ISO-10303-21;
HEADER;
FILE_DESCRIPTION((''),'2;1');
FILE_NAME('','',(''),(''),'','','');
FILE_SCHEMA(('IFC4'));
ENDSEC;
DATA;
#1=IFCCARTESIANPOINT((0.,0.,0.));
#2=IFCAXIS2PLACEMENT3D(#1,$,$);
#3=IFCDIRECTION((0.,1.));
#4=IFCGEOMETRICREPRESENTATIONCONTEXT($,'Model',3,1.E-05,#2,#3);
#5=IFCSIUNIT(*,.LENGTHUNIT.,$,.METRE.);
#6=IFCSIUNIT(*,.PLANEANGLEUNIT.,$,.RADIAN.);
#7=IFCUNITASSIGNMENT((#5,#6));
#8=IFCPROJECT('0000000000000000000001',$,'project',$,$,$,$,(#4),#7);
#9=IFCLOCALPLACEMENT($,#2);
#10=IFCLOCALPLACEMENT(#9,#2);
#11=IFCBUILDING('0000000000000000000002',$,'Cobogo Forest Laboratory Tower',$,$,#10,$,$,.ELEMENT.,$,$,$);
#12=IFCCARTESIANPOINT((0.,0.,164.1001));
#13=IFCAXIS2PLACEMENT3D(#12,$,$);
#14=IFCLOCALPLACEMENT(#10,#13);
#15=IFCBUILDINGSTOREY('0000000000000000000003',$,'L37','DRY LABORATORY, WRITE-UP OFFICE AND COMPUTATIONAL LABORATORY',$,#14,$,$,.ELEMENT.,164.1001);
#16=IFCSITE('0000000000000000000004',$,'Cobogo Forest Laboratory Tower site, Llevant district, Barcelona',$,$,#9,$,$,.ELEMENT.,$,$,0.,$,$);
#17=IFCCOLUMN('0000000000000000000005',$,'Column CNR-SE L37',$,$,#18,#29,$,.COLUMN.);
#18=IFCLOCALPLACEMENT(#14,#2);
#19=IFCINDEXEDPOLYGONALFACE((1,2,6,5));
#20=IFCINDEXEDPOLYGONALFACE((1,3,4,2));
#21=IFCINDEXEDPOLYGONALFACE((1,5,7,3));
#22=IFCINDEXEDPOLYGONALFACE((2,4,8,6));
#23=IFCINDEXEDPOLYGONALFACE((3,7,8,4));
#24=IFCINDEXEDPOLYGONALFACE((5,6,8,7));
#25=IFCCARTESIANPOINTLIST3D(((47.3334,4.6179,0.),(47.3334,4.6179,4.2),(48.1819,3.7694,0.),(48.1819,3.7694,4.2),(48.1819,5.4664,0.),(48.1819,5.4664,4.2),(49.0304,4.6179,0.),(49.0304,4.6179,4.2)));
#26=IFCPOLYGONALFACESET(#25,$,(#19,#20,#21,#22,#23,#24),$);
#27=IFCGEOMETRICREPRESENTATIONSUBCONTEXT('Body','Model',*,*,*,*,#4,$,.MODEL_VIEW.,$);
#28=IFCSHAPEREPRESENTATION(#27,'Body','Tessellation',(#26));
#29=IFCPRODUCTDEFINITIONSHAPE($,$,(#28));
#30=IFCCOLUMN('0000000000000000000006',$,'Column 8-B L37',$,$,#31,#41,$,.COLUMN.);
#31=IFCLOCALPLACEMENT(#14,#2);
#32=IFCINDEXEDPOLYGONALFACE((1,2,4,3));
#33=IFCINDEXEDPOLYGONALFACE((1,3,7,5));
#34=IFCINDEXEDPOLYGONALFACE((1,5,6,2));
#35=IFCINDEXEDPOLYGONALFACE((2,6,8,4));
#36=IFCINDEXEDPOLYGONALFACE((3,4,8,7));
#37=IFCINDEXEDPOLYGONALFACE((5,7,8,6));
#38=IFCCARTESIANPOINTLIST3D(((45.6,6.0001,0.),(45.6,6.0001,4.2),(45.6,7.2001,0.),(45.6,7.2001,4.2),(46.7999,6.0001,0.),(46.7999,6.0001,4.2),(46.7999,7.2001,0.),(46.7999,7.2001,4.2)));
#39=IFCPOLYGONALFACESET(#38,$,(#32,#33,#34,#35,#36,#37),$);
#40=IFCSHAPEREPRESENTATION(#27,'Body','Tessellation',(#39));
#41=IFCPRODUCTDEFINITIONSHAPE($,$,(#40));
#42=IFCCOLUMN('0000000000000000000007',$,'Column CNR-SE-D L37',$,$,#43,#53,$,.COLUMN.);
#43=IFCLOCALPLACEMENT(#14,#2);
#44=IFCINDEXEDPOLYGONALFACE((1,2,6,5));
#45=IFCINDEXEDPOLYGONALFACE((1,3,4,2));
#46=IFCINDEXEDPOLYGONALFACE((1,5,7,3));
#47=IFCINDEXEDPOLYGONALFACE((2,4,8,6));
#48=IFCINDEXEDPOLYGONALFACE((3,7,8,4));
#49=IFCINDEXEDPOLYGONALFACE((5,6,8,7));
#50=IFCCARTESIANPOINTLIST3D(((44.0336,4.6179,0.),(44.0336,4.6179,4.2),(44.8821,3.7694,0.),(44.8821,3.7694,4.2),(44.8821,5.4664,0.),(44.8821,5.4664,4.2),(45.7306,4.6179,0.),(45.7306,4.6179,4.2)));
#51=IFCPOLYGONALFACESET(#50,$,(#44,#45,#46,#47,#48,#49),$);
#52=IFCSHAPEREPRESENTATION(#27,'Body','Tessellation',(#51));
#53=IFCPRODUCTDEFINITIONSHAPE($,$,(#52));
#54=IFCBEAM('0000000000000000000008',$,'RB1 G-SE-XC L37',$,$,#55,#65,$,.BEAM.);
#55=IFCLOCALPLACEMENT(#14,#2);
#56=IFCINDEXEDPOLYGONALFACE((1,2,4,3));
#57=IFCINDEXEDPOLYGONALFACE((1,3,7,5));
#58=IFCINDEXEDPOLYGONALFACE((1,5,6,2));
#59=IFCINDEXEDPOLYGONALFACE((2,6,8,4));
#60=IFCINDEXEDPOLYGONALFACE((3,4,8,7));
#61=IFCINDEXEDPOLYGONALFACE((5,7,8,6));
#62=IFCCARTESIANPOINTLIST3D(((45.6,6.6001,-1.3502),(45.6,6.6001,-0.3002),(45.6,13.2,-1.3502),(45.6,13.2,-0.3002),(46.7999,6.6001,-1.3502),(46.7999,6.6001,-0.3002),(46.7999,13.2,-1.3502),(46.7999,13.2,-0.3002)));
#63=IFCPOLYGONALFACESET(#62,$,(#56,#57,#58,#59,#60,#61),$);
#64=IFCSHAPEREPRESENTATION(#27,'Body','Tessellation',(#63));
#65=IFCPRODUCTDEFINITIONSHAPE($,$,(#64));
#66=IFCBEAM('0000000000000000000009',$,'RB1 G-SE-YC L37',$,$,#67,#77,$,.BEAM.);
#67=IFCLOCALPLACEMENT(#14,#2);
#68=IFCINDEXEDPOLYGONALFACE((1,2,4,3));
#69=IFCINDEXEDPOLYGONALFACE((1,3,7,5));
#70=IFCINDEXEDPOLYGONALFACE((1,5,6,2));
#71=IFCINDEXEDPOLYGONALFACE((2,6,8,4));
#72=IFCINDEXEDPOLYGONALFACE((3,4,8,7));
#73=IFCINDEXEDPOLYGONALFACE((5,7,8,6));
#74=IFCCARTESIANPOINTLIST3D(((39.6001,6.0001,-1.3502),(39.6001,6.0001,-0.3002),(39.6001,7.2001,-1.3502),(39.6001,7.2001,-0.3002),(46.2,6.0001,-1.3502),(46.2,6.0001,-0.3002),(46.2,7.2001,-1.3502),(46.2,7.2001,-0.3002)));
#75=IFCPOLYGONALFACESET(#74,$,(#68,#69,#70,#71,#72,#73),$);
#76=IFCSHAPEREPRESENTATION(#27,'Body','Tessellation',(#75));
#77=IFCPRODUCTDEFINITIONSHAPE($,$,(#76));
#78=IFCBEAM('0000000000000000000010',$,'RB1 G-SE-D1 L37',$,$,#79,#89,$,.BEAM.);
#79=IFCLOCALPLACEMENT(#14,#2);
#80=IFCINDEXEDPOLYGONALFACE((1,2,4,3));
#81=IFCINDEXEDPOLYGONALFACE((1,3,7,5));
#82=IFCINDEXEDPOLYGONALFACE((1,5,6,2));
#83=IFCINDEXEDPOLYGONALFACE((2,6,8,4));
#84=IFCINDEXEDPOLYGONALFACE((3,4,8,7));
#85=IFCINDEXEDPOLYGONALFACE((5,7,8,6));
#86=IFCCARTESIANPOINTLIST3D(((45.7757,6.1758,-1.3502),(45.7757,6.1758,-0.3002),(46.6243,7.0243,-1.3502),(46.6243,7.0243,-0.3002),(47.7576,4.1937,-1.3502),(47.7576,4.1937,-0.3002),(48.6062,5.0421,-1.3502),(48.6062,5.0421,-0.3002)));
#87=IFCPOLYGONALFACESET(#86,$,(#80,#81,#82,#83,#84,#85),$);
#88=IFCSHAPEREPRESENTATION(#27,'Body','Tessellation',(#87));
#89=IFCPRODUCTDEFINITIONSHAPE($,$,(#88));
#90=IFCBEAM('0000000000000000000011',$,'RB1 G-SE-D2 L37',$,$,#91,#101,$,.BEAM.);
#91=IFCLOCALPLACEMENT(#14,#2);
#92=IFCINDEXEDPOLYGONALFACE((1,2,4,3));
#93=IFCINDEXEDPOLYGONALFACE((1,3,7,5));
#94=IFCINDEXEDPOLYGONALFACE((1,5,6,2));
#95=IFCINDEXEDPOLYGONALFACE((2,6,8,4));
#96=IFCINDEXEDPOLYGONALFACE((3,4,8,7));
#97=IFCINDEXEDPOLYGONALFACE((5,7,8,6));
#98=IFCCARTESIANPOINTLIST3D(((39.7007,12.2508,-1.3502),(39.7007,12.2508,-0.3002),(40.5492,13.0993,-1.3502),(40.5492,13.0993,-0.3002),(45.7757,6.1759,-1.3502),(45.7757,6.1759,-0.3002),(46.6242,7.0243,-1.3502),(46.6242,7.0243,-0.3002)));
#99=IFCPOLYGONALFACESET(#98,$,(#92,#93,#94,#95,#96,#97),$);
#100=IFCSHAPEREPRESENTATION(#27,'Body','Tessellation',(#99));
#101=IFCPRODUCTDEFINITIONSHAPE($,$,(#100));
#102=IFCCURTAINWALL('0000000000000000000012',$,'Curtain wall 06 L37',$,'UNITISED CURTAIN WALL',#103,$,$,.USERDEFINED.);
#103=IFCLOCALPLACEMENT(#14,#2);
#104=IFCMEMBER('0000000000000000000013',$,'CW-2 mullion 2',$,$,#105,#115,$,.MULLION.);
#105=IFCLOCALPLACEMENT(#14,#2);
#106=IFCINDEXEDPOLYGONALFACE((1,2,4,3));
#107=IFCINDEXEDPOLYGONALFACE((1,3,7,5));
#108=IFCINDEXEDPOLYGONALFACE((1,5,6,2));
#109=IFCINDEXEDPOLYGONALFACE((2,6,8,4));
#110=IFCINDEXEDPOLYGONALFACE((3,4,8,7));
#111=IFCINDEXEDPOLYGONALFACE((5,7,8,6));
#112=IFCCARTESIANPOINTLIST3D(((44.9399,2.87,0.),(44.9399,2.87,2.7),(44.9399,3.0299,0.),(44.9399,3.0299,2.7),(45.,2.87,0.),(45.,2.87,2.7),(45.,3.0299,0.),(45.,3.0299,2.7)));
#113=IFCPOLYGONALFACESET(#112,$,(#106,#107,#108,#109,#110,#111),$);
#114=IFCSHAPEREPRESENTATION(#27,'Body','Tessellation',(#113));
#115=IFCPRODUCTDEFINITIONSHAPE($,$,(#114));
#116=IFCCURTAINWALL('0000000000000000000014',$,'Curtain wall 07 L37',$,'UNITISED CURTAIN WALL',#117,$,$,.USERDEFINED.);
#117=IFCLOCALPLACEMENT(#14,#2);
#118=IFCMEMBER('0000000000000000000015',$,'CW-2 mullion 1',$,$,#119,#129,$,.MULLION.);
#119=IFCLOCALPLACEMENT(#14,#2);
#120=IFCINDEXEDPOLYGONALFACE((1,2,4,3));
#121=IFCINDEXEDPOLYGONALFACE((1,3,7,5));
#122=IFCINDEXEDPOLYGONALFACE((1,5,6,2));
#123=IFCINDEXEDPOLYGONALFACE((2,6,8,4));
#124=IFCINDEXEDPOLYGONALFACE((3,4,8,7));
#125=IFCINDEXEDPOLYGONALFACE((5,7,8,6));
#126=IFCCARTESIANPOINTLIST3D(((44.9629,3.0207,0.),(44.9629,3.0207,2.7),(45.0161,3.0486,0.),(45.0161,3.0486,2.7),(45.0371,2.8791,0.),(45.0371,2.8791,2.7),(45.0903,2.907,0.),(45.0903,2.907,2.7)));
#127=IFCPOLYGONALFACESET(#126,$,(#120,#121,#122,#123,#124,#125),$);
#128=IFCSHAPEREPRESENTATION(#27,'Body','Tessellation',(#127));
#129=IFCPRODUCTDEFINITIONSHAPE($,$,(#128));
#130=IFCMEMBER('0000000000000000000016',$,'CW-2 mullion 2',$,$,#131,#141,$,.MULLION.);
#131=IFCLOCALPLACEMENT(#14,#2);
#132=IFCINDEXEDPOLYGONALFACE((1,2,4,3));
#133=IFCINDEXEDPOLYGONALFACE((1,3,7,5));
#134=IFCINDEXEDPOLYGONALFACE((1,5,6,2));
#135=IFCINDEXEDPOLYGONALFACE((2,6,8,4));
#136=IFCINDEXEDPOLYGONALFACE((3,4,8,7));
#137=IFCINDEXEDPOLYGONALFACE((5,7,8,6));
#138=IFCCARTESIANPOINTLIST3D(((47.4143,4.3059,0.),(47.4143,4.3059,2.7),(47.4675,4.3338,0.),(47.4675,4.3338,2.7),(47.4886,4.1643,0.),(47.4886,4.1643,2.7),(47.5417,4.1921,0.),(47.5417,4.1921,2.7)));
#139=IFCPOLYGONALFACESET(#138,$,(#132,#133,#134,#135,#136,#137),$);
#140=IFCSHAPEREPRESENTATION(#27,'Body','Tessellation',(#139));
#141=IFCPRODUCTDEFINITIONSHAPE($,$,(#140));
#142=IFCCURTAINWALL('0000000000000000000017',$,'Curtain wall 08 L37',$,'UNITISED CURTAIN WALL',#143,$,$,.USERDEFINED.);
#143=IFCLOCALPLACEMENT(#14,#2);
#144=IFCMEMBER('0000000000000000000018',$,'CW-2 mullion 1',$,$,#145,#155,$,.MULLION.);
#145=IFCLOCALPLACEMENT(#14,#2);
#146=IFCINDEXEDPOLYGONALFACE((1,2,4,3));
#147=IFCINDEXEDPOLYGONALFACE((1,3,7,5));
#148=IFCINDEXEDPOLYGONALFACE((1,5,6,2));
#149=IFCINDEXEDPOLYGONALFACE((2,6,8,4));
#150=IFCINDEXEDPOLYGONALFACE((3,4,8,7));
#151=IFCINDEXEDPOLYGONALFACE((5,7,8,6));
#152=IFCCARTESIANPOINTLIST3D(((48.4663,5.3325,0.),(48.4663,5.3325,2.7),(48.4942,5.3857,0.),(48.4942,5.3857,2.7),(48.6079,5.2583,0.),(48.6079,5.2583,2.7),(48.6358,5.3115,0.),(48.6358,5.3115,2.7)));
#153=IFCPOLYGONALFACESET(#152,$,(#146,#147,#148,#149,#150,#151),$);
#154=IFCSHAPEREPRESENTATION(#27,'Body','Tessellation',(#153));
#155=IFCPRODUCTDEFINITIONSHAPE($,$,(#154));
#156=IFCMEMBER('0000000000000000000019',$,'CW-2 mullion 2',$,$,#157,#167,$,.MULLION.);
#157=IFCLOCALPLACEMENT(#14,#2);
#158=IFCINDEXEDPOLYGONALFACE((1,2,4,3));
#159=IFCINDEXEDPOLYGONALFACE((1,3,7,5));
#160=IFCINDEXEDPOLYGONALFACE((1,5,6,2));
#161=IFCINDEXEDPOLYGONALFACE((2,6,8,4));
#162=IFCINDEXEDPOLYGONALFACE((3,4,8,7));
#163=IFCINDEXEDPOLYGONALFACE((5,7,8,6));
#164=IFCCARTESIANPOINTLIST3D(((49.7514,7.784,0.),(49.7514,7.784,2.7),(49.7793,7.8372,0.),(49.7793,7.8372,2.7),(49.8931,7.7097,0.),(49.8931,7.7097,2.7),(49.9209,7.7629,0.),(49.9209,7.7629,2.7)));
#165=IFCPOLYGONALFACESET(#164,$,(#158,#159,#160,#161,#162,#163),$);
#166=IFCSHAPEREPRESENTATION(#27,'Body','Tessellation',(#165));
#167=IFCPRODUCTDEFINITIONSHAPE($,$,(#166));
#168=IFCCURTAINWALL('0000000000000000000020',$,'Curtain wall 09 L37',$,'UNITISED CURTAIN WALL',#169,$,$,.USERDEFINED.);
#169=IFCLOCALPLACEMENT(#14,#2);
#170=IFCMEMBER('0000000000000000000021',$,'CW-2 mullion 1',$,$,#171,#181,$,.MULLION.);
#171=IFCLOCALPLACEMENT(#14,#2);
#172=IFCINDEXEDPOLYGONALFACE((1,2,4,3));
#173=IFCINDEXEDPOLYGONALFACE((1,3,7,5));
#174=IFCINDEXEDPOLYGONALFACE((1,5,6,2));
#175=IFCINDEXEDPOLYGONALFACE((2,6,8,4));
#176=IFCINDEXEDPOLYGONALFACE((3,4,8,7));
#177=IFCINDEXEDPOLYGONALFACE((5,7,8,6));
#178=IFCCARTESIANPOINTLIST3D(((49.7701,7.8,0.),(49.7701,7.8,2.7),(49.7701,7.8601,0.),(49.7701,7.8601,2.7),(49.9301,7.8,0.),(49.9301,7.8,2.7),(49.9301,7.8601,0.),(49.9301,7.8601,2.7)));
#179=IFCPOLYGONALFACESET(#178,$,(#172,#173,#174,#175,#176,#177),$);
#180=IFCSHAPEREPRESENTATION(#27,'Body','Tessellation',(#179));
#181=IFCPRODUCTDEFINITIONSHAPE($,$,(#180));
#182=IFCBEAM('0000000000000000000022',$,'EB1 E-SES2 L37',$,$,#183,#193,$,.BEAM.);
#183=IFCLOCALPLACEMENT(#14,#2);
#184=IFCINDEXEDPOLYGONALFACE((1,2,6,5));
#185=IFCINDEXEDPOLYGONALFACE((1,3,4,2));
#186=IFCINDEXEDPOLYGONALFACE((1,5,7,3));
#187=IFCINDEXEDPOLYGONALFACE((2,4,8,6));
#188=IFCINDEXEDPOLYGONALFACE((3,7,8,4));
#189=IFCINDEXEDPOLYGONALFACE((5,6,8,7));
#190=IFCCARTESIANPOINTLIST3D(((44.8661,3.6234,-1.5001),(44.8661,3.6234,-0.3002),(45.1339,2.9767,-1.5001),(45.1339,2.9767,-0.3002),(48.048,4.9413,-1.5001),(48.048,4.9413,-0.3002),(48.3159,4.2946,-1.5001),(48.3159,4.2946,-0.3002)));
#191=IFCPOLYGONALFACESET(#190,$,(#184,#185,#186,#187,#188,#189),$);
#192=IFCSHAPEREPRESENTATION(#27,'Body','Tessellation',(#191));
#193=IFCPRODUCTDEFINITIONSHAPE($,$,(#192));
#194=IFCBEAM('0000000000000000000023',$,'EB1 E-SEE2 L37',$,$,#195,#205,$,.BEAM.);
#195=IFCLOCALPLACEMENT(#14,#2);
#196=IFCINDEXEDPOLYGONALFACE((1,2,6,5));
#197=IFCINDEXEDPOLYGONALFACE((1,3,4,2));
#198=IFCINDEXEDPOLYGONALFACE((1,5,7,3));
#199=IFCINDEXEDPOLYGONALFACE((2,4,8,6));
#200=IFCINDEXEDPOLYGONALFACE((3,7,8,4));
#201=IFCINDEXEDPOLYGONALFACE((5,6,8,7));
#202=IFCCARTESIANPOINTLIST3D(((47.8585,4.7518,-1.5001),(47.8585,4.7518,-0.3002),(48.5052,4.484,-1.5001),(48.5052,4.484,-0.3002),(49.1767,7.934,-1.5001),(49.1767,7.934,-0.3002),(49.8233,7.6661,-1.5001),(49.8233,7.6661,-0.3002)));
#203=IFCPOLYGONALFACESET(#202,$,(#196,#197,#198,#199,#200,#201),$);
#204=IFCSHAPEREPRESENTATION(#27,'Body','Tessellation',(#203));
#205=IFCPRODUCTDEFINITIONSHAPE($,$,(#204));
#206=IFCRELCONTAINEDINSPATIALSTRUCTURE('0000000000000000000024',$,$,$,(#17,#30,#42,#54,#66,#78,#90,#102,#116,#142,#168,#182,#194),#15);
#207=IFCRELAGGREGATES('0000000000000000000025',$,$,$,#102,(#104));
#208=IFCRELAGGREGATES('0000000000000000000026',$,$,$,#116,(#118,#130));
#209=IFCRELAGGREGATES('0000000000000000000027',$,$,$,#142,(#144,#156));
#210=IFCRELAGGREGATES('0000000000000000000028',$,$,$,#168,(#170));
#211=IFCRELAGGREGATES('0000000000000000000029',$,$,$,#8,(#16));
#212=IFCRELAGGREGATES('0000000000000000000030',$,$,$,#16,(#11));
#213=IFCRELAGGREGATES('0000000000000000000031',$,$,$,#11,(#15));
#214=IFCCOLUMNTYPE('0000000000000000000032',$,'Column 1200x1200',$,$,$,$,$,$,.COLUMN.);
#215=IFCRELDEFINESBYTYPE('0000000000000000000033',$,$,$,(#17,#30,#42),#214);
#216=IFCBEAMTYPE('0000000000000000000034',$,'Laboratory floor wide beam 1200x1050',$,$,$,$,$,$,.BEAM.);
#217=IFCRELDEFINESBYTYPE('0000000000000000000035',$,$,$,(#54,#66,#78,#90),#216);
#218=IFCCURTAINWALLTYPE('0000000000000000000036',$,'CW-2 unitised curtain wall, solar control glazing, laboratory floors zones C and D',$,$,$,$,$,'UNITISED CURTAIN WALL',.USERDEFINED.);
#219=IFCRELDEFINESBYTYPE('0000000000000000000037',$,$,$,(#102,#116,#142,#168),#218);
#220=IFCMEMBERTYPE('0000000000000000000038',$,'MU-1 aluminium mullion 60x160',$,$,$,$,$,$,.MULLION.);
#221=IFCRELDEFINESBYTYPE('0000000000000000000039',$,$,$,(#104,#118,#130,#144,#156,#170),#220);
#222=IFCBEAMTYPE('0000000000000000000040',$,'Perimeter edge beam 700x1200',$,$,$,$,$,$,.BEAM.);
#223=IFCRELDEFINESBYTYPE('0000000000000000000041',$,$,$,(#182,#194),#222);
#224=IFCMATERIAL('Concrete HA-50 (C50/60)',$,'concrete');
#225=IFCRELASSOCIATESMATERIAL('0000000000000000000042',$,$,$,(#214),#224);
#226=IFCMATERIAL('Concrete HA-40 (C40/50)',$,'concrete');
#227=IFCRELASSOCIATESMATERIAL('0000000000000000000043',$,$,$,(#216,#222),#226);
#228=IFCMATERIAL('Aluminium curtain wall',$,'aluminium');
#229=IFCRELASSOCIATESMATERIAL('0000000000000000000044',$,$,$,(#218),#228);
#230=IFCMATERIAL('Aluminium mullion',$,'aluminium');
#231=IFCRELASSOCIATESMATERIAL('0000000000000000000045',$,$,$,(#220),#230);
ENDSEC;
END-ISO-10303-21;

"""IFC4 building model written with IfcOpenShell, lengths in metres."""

from ifc_helpers import new_model, si_unit, direction, frame, origin, origin_2d, place, context, subcontext, project, spatial, rectangle, extrude, material, material_profile, profile_set, type_object, element, aggregate, save


model = new_model("IFC4")

# Units and contexts
model_context = context("Model", 3, precision=1e-05, world=origin(), true_north=direction((0.0, 1.0)))
body_context = subcontext(model_context, "Body", "Model", "MODEL_VIEW")
ifc_project = project(units=[si_unit("LENGTHUNIT", "METRE"), si_unit("PLANEANGLEUNIT", "RADIAN")], contexts=[model_context])

# Site, building, storey
site_placement = place(None, origin())
site = spatial("IfcSite", under=ifc_project, at=site_placement, Name="Cobogo Forest Laboratory Tower site, Llevant district, Barcelona", CompositionType="ELEMENT", RefElevation=0.0)
building_placement = place(site_placement, origin())
building = spatial("IfcBuilding", under=site, at=building_placement, Name="Cobogo Forest Laboratory Tower", CompositionType="ELEMENT")
storey_placement = place(building_placement, frame((0.0, 0.0, 164.1001)))
storey = spatial("IfcBuildingStorey", under=building, at=storey_placement, Name="L37", Description="DRY LABORATORY, WRITE-UP OFFICE AND COMPUTATIONAL LABORATORY", CompositionType="ELEMENT", Elevation=164.1001)

# Columns
ifc_material_1 = material(Name="Concrete HA-50 (C50/60)", Category="concrete")
ifc_material_profile_1 = material_profile(ifc_material_1, rectangle(XDim=1.2, YDim=1.2, at=origin_2d()), Name="RC 1200x1200")
ifc_profile_set_1 = profile_set([ifc_material_profile_1], Name="Concrete HA-50 (C50/60)")
column_type = type_object("IfcColumnType", Name="Column 1200x1200", PredefinedType="COLUMN", material=ifc_profile_set_1)
for number, where, z_axis, x_axis, name in (
    (1, (48.1819, 4.6179, 0.0), (0.0, 0.0, 1.0), (0.707107, 0.707107, 0.0), "Column CNR-SE L37"),
    (2, (46.2, 6.6001, 0.0), (0.0, 0.0, 1.0), (1.0, 0.0, 0.0), "Column 8-B L37"),
    (3, (44.8821, 4.6179, 0.0), (0.0, 0.0, 1.0), (0.707107, 0.707107, 0.0), "Column CNR-SE-D L37"),
):
    element("IfcColumn", number, at=place(storey_placement, frame(where, z_axis=z_axis, x_axis=x_axis)), inside=storey, type_object=column_type, Name=name, PredefinedType="COLUMN", context=body_context, shape_type="SweptSolid", body=[
        extrude(rectangle(XDim=1.2, YDim=1.2, at=origin_2d()), origin(), (0.0, 0.0, 1.0), 4.2),
    ])

# Beams
ifc_material_2 = material(Name="Concrete HA-40 (C40/50)", Category="concrete")
ifc_material_profile_2 = material_profile(ifc_material_2, rectangle(XDim=1.2, YDim=1.05, at=origin_2d()), Name="RC 1200x1050")
ifc_profile_set_2 = profile_set([ifc_material_profile_2], Name="Concrete HA-40 (C40/50)")
beam_type_1 = type_object("IfcBeamType", Name="Laboratory floor wide beam 1200x1050", PredefinedType="BEAM", material=ifc_profile_set_2)
for number, where, z_axis, x_axis, name in (
    (4, (46.2, 6.6001, -0.8252), (0.0, 1.0, 0.0), (-1.0, 0.0, 0.0), "RB1 G-SE-XC L37"),
    (5, (46.2, 6.6001, -0.8252), (-1.0, 0.0, 0.0), (0.0, -1.0, 0.0), "RB1 G-SE-YC L37"),
):
    element("IfcBeam", number, at=place(storey_placement, frame(where, z_axis=z_axis, x_axis=x_axis)), inside=storey, type_object=beam_type_1, Name=name, PredefinedType="BEAM", context=body_context, shape_type="SweptSolid", body=[
        extrude(rectangle(XDim=1.2, YDim=1.05, at=origin_2d()), origin(), (0.0, 0.0, 1.0), 6.5999),
    ])
beam_1_placement = place(storey_placement, frame((48.1819, 4.6179, -0.8252), z_axis=(-0.707063, 0.70715, 0.0), x_axis=(-0.70715, -0.707063, 0.0)))
element("IfcBeam", 6, at=beam_1_placement, inside=storey, type_object=beam_type_1, Name="RB1 G-SE-D1 L37", PredefinedType="BEAM", context=body_context, shape_type="SweptSolid", body=[
    extrude(rectangle(XDim=1.2, YDim=1.05, at=origin_2d()), origin(), (0.0, 0.0, 1.0), 2.803),
])
beam_2_placement = place(storey_placement, frame((46.2, 6.6001, -0.8252), z_axis=(-0.707107, 0.707107, 0.0), x_axis=(-0.707107, -0.707107, 0.0)))
element("IfcBeam", 7, at=beam_2_placement, inside=storey, type_object=beam_type_1, Name="RB1 G-SE-D2 L37", PredefinedType="BEAM", context=body_context, shape_type="SweptSolid", body=[
    extrude(rectangle(XDim=1.2, YDim=1.05, at=origin_2d()), origin(), (0.0, 0.0, 1.0), 8.5913),
])

# Curtain wall, member
ifc_material_3 = material(Name="Aluminium curtain wall", Category="aluminium")
curtain_wall_type = type_object("IfcCurtainWallType", Name="CW-2 unitised curtain wall, solar control glazing, laboratory floors zones C and D", ElementType="UNITISED CURTAIN WALL", PredefinedType="USERDEFINED", material=ifc_material_3)
curtain_wall_1_placement = place(storey_placement, origin())
curtain_wall_1 = element("IfcCurtainWall", 8, at=curtain_wall_1_placement, inside=storey, type_object=curtain_wall_type, Name="Curtain wall 06 L37", ObjectType="UNITISED CURTAIN WALL", PredefinedType="USERDEFINED")
ifc_material_4 = material(Name="Aluminium mullion", Category="aluminium")
ifc_material_profile_3 = material_profile(ifc_material_4, rectangle(XDim=0.0601, YDim=0.1599, at=origin_2d()), Name="AL 60x160")
ifc_profile_set_3 = profile_set([ifc_material_profile_3], Name="Aluminium mullion")
member_type_1 = type_object("IfcMemberType", Name="MU-1 aluminium mullion 60x160", PredefinedType="MULLION", material=ifc_profile_set_3)
member_1_placement = place(storey_placement, frame((44.97, 2.95, 0.0), z_axis=(0.0, 0.0, 1.0), x_axis=(1.0, 0.0, 0.0)))
member_1 = element("IfcMember", 9, at=member_1_placement, type_object=member_type_1, Name="CW-2 mullion 2", PredefinedType="MULLION", context=body_context, shape_type="SweptSolid", body=[
    extrude(rectangle(XDim=0.0601, YDim=0.1599, at=origin_2d()), origin(), (0.0, 0.0, 1.0), 2.7),
])

# Curtain walls, members
curtain_wall_2_placement = place(storey_placement, origin())
curtain_wall_2 = element("IfcCurtainWall", 10, at=curtain_wall_2_placement, inside=storey, type_object=curtain_wall_type, Name="Curtain wall 07 L37", ObjectType="UNITISED CURTAIN WALL", PredefinedType="USERDEFINED")
member_2_placement = place(storey_placement, frame((45.0266, 2.9639, 0.0), z_axis=(0.0, 0.0, 1.0), x_axis=(0.885686, 0.464284, 0.0)))
member_2 = element("IfcMember", 11, at=member_2_placement, type_object=member_type_1, Name="CW-2 mullion 1", PredefinedType="MULLION", context=body_context, shape_type="SweptSolid", body=[
    extrude(rectangle(XDim=0.0601, YDim=0.1599, at=origin_2d()), origin(), (0.0, 0.0, 1.0), 2.7),
])
member_3_placement = place(storey_placement, frame((47.478, 4.249, 0.0), z_axis=(0.0, 0.0, 1.0), x_axis=(0.885686, 0.464284, 0.0)))
member_3 = element("IfcMember", 12, at=member_3_placement, type_object=member_type_1, Name="CW-2 mullion 2", PredefinedType="MULLION", context=body_context, shape_type="SweptSolid", body=[
    extrude(rectangle(XDim=0.0601, YDim=0.1599, at=origin_2d()), origin(), (0.0, 0.0, 1.0), 2.7),
])
curtain_wall_3_placement = place(storey_placement, origin())
curtain_wall_3 = element("IfcCurtainWall", 13, at=curtain_wall_3_placement, inside=storey, type_object=curtain_wall_type, Name="Curtain wall 08 L37", ObjectType="UNITISED CURTAIN WALL", PredefinedType="USERDEFINED")
member_4_placement = place(storey_placement, frame((48.551, 5.322, 0.0), z_axis=(0.0, 0.0, 1.0), x_axis=(0.464284, 0.885686, 0.0)))
member_4 = element("IfcMember", 14, at=member_4_placement, type_object=member_type_1, Name="CW-2 mullion 1", PredefinedType="MULLION", context=body_context, shape_type="SweptSolid", body=[
    extrude(rectangle(XDim=0.0601, YDim=0.1599, at=origin_2d()), origin(), (0.0, 0.0, 1.0), 2.7),
])
member_5_placement = place(storey_placement, frame((49.8362, 7.7734, 0.0), z_axis=(0.0, 0.0, 1.0), x_axis=(0.464284, 0.885686, 0.0)))
member_5 = element("IfcMember", 15, at=member_5_placement, type_object=member_type_1, Name="CW-2 mullion 2", PredefinedType="MULLION", context=body_context, shape_type="SweptSolid", body=[
    extrude(rectangle(XDim=0.0601, YDim=0.1599, at=origin_2d()), origin(), (0.0, 0.0, 1.0), 2.7),
])

# Curtain wall, member
curtain_wall_4_placement = place(storey_placement, origin())
curtain_wall_4 = element("IfcCurtainWall", 16, at=curtain_wall_4_placement, inside=storey, type_object=curtain_wall_type, Name="Curtain wall 09 L37", ObjectType="UNITISED CURTAIN WALL", PredefinedType="USERDEFINED")
member_6_placement = place(storey_placement, frame((49.8501, 7.8301, 0.0), z_axis=(0.0, 0.0, 1.0), x_axis=(0.0, 1.0, 0.0)))
member_6 = element("IfcMember", 17, at=member_6_placement, type_object=member_type_1, Name="CW-2 mullion 1", PredefinedType="MULLION", context=body_context, shape_type="SweptSolid", body=[
    extrude(rectangle(XDim=0.0601, YDim=0.1599, at=origin_2d()), origin(), (0.0, 0.0, 1.0), 2.7),
])

# Beams
ifc_material_profile_4 = material_profile(ifc_material_2, rectangle(XDim=0.7, YDim=1.2, at=origin_2d()), Name="RC 700x1200")
ifc_profile_set_4 = profile_set([ifc_material_profile_4], Name="Concrete HA-40 (C40/50)")
beam_type_2 = type_object("IfcBeamType", Name="Perimeter edge beam 700x1200", PredefinedType="BEAM", material=ifc_profile_set_4)
beam_3_placement = place(storey_placement, frame((45.0, 3.3, -0.9001), z_axis=(0.923891, 0.382656, 0.0), x_axis=(-0.382656, 0.923891, 0.0)))
element("IfcBeam", 18, at=beam_3_placement, inside=storey, type_object=beam_type_2, Name="EB1 E-SES2 L37", PredefinedType="BEAM", context=body_context, shape_type="SweptSolid", body=[
    extrude(rectangle(XDim=0.7, YDim=1.2, at=origin_2d()), origin(), (0.0, 0.0, 1.0), 3.4441),
])
beam_4_placement = place(storey_placement, frame((49.5, 7.8, -0.9001), z_axis=(-0.382692, -0.923876, 0.0), x_axis=(0.923876, -0.382692, 0.0)))
element("IfcBeam", 19, at=beam_4_placement, inside=storey, type_object=beam_type_2, Name="EB1 E-SEE2 L37", PredefinedType="BEAM", context=body_context, shape_type="SweptSolid", body=[
    extrude(rectangle(XDim=0.7, YDim=1.2, at=origin_2d()), origin(), (0.0, 0.0, 1.0), 3.4443),
])

aggregate(curtain_wall_1, [member_1])
aggregate(curtain_wall_2, [member_2, member_3])
aggregate(curtain_wall_3, [member_4, member_5])
aggregate(curtain_wall_4, [member_6])

save(model, "model.ifc")
